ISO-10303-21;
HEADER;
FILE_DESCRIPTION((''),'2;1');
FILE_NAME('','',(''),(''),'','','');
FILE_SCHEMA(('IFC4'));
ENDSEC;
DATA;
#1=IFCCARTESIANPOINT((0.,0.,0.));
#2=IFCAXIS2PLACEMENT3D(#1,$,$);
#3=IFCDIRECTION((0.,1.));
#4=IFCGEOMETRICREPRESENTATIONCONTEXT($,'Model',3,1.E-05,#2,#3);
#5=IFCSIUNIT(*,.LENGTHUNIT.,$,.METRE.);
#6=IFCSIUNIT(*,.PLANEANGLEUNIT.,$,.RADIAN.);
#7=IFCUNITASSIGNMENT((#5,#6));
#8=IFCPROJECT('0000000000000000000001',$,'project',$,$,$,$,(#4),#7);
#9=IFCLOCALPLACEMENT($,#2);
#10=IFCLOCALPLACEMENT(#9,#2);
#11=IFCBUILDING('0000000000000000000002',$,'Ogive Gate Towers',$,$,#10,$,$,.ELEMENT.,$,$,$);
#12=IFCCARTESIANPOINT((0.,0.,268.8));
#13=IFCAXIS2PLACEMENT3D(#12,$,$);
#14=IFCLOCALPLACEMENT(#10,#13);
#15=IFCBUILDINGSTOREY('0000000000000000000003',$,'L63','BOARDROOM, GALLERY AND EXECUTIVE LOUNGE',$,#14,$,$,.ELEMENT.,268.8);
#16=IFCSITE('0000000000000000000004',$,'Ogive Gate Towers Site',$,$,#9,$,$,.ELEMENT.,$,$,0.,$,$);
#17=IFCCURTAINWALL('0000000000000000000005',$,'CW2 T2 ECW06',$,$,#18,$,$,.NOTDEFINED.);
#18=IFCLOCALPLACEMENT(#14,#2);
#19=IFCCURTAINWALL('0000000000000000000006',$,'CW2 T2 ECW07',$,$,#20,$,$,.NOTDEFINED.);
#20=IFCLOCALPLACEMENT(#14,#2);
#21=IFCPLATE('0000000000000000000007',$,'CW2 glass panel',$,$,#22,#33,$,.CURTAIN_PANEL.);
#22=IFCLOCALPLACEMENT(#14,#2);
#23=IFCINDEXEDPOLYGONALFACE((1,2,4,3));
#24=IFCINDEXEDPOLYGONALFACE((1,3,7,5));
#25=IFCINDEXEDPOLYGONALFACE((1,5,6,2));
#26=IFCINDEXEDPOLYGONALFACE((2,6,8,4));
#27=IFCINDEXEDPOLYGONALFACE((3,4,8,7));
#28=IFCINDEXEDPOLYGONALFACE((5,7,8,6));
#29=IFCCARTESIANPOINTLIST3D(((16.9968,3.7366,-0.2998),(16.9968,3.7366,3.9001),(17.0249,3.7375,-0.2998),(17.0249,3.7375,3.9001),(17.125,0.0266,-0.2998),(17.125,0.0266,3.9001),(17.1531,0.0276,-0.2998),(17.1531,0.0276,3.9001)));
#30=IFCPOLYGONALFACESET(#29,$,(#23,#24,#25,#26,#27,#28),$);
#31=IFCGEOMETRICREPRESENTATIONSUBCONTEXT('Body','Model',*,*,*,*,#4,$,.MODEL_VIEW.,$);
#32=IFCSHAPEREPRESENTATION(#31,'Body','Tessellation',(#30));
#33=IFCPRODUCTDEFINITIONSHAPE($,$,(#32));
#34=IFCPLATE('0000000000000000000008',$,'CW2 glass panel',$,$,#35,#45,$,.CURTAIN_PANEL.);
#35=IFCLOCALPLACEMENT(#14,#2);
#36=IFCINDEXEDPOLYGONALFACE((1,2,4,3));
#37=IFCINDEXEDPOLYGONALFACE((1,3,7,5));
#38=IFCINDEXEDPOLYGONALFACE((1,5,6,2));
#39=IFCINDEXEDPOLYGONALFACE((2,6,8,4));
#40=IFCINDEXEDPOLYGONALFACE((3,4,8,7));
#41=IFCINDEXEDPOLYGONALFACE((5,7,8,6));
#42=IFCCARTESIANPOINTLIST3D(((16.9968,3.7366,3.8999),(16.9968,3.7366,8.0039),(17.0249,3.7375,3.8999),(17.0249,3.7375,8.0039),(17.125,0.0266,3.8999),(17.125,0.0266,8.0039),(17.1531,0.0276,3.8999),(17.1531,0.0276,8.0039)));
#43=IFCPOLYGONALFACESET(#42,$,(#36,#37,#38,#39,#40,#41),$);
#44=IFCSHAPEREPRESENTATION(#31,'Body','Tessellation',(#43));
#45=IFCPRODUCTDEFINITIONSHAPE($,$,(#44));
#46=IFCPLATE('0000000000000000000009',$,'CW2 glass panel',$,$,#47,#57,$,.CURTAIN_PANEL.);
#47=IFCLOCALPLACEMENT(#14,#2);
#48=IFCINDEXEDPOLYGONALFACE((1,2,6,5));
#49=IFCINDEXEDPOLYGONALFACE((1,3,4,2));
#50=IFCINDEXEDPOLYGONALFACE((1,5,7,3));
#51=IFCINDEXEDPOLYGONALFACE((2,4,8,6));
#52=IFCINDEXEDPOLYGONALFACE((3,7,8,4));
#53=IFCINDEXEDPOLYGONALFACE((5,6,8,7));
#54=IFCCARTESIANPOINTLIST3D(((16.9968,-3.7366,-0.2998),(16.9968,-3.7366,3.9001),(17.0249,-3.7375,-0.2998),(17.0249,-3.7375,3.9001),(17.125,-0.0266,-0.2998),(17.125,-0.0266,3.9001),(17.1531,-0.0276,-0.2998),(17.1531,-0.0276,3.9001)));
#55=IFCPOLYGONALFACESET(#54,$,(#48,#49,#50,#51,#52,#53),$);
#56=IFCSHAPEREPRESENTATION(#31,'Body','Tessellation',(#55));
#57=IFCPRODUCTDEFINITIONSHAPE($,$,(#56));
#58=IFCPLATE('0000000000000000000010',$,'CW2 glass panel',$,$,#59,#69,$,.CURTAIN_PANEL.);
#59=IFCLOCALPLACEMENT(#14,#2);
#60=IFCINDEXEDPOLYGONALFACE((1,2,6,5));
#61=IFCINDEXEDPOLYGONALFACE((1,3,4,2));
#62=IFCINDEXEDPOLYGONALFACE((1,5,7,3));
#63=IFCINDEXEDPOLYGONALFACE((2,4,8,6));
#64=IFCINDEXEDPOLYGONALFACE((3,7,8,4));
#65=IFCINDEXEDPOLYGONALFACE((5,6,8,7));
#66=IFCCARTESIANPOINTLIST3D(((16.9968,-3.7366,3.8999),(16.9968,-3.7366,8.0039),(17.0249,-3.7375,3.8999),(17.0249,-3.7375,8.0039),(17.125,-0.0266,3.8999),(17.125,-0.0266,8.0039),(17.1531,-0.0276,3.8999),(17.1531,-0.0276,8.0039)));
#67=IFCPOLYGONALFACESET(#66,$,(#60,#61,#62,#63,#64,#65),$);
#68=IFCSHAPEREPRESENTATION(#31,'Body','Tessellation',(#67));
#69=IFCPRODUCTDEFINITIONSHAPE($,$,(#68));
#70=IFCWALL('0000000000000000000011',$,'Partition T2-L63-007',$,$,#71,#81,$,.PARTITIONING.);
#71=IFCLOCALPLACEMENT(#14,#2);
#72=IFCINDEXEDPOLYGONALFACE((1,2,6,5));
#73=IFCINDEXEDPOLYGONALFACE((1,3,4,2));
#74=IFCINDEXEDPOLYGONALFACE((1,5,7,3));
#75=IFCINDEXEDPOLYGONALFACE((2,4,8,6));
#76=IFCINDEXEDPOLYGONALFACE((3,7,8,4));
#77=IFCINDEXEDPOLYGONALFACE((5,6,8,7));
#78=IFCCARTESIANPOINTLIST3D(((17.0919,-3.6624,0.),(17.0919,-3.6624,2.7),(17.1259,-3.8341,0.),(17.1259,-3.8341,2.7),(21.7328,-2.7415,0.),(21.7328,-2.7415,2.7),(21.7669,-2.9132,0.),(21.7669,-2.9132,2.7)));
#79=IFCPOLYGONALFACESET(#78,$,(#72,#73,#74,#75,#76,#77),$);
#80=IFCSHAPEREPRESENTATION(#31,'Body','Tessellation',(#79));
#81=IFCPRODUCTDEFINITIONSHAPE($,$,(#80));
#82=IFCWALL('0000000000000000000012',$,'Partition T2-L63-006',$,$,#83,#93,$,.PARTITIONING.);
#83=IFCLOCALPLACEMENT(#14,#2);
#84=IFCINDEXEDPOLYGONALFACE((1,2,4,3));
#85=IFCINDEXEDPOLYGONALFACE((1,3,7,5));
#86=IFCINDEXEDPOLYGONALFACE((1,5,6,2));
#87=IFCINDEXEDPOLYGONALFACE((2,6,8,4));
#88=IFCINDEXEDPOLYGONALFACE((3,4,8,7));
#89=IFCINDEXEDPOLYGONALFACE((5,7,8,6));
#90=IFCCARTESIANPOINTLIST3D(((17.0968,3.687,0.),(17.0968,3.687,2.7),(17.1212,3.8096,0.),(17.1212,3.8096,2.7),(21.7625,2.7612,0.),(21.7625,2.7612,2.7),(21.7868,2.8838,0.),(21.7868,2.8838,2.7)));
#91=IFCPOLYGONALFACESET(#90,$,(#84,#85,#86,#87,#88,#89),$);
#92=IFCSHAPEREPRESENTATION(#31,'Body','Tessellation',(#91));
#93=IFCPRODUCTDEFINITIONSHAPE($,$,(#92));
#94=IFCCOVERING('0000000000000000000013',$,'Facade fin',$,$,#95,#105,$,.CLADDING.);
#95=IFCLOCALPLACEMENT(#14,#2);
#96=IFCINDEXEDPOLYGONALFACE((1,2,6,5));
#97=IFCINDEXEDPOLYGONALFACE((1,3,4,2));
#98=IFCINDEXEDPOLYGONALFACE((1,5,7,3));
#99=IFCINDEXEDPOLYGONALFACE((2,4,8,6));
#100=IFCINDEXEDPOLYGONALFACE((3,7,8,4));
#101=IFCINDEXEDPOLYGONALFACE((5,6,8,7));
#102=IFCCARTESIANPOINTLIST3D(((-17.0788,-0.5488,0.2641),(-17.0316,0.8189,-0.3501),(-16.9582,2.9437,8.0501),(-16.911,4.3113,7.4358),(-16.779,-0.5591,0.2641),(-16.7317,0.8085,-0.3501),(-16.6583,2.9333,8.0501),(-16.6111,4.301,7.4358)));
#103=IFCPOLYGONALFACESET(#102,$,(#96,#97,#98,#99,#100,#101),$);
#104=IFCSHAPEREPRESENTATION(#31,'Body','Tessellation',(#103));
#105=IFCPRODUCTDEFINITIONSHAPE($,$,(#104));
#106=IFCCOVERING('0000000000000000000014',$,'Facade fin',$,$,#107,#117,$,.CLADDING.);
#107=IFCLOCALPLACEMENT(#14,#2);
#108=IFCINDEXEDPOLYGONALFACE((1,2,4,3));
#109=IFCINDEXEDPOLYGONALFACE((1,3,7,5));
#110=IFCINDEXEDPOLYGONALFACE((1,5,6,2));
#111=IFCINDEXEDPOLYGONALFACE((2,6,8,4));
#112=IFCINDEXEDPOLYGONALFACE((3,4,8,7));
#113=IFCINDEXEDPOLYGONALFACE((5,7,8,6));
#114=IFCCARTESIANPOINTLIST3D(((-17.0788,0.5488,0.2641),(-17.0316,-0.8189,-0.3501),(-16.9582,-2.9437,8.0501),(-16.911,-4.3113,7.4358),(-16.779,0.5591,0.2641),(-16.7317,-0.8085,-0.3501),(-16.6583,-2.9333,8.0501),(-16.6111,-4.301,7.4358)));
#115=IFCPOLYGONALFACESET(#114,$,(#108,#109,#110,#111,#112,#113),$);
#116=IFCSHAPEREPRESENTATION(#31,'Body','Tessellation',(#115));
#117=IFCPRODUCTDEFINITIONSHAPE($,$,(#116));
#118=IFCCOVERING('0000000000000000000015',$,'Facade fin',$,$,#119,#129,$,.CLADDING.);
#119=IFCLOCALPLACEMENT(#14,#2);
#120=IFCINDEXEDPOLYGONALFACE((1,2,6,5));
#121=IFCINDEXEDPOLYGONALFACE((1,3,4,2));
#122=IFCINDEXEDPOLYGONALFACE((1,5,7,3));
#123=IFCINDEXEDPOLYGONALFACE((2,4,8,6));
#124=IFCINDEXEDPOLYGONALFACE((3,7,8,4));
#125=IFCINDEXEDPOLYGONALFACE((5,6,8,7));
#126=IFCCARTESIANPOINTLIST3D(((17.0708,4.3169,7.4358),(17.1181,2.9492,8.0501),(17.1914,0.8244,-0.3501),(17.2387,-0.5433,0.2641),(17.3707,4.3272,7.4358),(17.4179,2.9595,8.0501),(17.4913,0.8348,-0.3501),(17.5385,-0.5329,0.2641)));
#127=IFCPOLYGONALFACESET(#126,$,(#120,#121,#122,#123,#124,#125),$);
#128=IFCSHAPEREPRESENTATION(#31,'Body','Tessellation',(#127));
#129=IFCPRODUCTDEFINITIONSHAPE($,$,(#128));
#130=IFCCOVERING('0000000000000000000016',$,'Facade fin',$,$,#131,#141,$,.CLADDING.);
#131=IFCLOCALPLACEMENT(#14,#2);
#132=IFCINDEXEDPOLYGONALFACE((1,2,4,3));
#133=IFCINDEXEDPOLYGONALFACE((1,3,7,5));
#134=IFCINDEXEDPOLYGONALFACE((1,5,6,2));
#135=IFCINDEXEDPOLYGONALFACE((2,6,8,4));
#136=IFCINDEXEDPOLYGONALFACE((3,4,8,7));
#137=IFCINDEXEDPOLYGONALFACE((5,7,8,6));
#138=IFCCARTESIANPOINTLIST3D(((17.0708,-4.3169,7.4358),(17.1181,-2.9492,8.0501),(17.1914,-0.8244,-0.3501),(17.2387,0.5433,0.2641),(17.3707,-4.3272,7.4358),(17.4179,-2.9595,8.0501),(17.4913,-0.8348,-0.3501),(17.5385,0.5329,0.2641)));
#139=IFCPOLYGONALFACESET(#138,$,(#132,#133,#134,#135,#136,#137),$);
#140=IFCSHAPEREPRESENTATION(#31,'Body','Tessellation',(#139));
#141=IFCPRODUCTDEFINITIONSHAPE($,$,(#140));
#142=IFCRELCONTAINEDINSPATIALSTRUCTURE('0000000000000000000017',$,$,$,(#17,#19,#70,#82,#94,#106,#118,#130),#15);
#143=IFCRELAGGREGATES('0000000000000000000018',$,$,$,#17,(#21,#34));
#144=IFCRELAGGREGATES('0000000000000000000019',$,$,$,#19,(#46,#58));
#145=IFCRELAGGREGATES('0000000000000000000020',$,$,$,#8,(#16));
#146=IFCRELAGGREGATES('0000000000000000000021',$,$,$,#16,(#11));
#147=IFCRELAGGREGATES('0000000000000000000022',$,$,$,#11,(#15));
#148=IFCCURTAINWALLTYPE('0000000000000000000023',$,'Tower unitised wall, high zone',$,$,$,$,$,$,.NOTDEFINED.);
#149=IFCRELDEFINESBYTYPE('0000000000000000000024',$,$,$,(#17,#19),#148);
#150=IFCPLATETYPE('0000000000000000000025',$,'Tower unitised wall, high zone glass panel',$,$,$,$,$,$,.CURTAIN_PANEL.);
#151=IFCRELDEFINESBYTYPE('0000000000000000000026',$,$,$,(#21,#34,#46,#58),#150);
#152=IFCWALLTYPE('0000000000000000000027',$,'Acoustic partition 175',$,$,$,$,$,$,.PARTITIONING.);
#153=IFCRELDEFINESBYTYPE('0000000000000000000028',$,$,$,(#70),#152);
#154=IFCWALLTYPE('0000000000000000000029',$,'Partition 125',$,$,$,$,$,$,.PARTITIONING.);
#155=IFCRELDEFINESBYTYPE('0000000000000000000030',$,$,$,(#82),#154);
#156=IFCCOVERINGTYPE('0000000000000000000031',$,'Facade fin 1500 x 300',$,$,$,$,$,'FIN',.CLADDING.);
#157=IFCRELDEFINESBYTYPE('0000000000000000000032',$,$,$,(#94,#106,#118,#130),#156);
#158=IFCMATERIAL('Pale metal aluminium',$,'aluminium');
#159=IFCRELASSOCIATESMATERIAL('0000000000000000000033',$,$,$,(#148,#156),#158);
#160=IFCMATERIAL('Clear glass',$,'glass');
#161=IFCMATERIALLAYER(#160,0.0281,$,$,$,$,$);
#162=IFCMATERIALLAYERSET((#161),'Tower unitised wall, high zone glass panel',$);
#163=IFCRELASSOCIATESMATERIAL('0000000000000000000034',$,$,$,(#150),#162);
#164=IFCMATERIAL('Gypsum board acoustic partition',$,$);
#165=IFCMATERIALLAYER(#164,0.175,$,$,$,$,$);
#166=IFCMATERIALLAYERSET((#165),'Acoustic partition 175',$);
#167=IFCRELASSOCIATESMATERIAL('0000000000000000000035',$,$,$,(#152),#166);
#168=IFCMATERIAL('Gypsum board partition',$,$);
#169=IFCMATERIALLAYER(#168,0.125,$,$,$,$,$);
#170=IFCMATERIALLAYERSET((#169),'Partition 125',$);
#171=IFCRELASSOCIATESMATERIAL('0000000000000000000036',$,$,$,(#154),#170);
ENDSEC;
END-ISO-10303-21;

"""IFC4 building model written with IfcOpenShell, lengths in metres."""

from ifc_helpers import new_model, si_unit, direction, frame, frame_2d, origin, origin_2d, place, context, subcontext, project, spatial, rectangle, extrude, material, layer, layer_set, material_profile, profile_set, type_object, element, aggregate, save


model = new_model("IFC4")

# Units and contexts
model_context = context("Model", 3, precision=1e-05, world=origin(), true_north=direction((0.0, 1.0)))
body_context = subcontext(model_context, "Body", "Model", "MODEL_VIEW")
ifc_project = project(units=[si_unit("LENGTHUNIT", "METRE"), si_unit("PLANEANGLEUNIT", "RADIAN")], contexts=[model_context])

# Site, building, storey
site_placement = place(None, origin())
site = spatial("IfcSite", under=ifc_project, at=site_placement, Name="Ogive Gate Towers Site", CompositionType="ELEMENT", RefElevation=0.0)
building_placement = place(site_placement, origin())
building = spatial("IfcBuilding", under=site, at=building_placement, Name="Ogive Gate Towers", CompositionType="ELEMENT")
storey_placement = place(building_placement, frame((0.0, 0.0, 268.8)))
storey = spatial("IfcBuildingStorey", under=building, at=storey_placement, Name="L63", Description="BOARDROOM, GALLERY AND EXECUTIVE LOUNGE", CompositionType="ELEMENT", Elevation=268.8)

# Shared definitions
ifc_material_1 = material(Name="Pale metal aluminium", Category="aluminium")
curtain_wall_type = type_object("IfcCurtainWallType", Name="Tower unitised wall, high zone", PredefinedType="NOTDEFINED", material=ifc_material_1)

# Curtain wall
curtain_wall_1_placement = place(storey_placement, origin())
curtain_wall_1 = element("IfcCurtainWall", 1, at=curtain_wall_1_placement, inside=storey, type_object=curtain_wall_type, Name="CW2 T2 ECW06", PredefinedType="NOTDEFINED")

# Curtain wall
curtain_wall_2_placement = place(storey_placement, origin())
curtain_wall_2 = element("IfcCurtainWall", 2, at=curtain_wall_2_placement, inside=storey, type_object=curtain_wall_type, Name="CW2 T2 ECW07", PredefinedType="NOTDEFINED")

# Plates
ifc_material_2 = material(Name="Clear glass", Category="glass")
ifc_layer_1 = layer(ifc_material_2, 0.0281)
ifc_layer_set_1 = layer_set([ifc_layer_1], Name="Tower unitised wall, high zone glass panel")
plate_type = type_object("IfcPlateType", Name="Tower unitised wall, high zone glass panel", PredefinedType="CURTAIN_PANEL", material=ifc_layer_set_1)
plate_1_placement = place(storey_placement, frame((17.075, 1.8821, -0.2998), z_axis=(0.0, 0.0, 1.0), x_axis=(-0.034533, 0.999404, 0.0)))
plate_1 = element("IfcPlate", 3, at=plate_1_placement, type_object=plate_type, Name="CW2 glass panel", PredefinedType="CURTAIN_PANEL", context=body_context, shape_type="SweptSolid", body=[
    extrude(rectangle(XDim=3.7122, YDim=0.0281, at=origin_2d()), origin(), (0.0, 0.0, 1.0), 4.2),
])
plate_2_placement = place(storey_placement, frame((17.075, 1.8821, 3.8999), z_axis=(0.0, 0.0, 1.0), x_axis=(-0.034533, 0.999404, 0.0)))
plate_2 = element("IfcPlate", 4, at=plate_2_placement, type_object=plate_type, Name="CW2 glass panel", PredefinedType="CURTAIN_PANEL", context=body_context, shape_type="SweptSolid", body=[
    extrude(rectangle(XDim=3.7122, YDim=0.0281, at=origin_2d()), origin(), (0.0, 0.0, 1.0), 4.104),
])
aggregate(curtain_wall_1, [plate_1, plate_2])
plate_3_placement = place(storey_placement, frame((17.075, -1.8821, -0.2998), z_axis=(0.0, 0.0, 1.0), x_axis=(0.034533, 0.999404, 0.0)))
plate_3 = element("IfcPlate", 5, at=plate_3_placement, type_object=plate_type, Name="CW2 glass panel", PredefinedType="CURTAIN_PANEL", context=body_context, shape_type="SweptSolid", body=[
    extrude(rectangle(XDim=3.7122, YDim=0.0281, at=origin_2d()), origin(), (0.0, 0.0, 1.0), 4.2),
])
plate_4_placement = place(storey_placement, frame((17.075, -1.8821, 3.8999), z_axis=(0.0, 0.0, 1.0), x_axis=(0.034533, 0.999404, 0.0)))
plate_4 = element("IfcPlate", 6, at=plate_4_placement, type_object=plate_type, Name="CW2 glass panel", PredefinedType="CURTAIN_PANEL", context=body_context, shape_type="SweptSolid", body=[
    extrude(rectangle(XDim=3.7122, YDim=0.0281, at=origin_2d()), origin(), (0.0, 0.0, 1.0), 4.104),
])
aggregate(curtain_wall_2, [plate_3, plate_4])

# Walls
ifc_material_3 = material(Name="Gypsum board acoustic partition")
ifc_layer_2 = layer(ifc_material_3, 0.175)
ifc_layer_set_2 = layer_set([ifc_layer_2], Name="Acoustic partition 175")
wall_type_1 = type_object("IfcWallType", Name="Acoustic partition 175", PredefinedType="PARTITIONING", material=ifc_layer_set_2)
wall_1_placement = place(storey_placement, frame((17.1089, -3.7483, 0.0), z_axis=(0.0, 0.0, 1.0), x_axis=(0.980875, 0.194637, 0.0)))
element("IfcWall", 7, at=wall_1_placement, inside=storey, type_object=wall_type_1, Name="Partition T2-L63-007", PredefinedType="PARTITIONING", context=body_context, shape_type="SweptSolid", body=[
    extrude(rectangle(XDim=4.7314, YDim=0.175, at=frame_2d((2.3657, 0.0))), origin(), (0.0, 0.0, 1.0), 2.7),
])
ifc_material_4 = material(Name="Gypsum board partition")
ifc_layer_3 = layer(ifc_material_4, 0.125)
ifc_layer_set_3 = layer_set([ifc_layer_3], Name="Partition 125")
wall_type_2 = type_object("IfcWallType", Name="Partition 125", PredefinedType="PARTITIONING", material=ifc_layer_set_3)
wall_2_placement = place(storey_placement, frame((17.1089, 3.7483, 0.0), z_axis=(0.0, 0.0, 1.0), x_axis=(0.980876, -0.194635, 0.0)))
element("IfcWall", 8, at=wall_2_placement, inside=storey, type_object=wall_type_2, Name="Partition T2-L63-006", PredefinedType="PARTITIONING", context=body_context, shape_type="SweptSolid", body=[
    extrude(rectangle(XDim=4.7566, YDim=0.125, at=frame_2d((2.3784, 0.0))), origin(), (0.0, 0.0, 1.0), 2.7),
])

# Coverings
ifc_material_profile_1 = material_profile(ifc_material_1, rectangle(XDim=0.3, YDim=1.5, at=origin_2d()), Name="1500 x 300 pale metal aluminium")
ifc_profile_set_1 = profile_set([ifc_material_profile_1], Name="Pale metal aluminium")
covering_type = type_object("IfcCoveringType", Name="Facade fin 1500 x 300", ElementType="FIN", PredefinedType="CLADDING", material=ifc_profile_set_1)
for number, where, z_axis, x_axis, name in (
    (9, (-16.9053, 0.1299, -0.043), (0.014132, 0.40923, 0.912322), (-0.999404, 0.034513, 0.0), "Facade fin"),
    (10, (-16.9053, -0.1299, -0.043), (0.014132, -0.40923, 0.912322), (0.999404, 0.034513, 0.0), "Facade fin"),
    (11, (17.365, 0.1458, -0.043), (-0.014132, 0.40923, 0.912322), (-0.999404, -0.034513, 0.0), "Facade fin"),
    (12, (17.365, -0.1458, -0.043), (-0.014132, -0.40923, 0.912322), (0.999404, -0.034513, 0.0), "Facade fin"),
):
    element("IfcCovering", number, at=place(storey_placement, frame(where, z_axis=z_axis, x_axis=x_axis)), inside=storey, type_object=covering_type, Name=name, PredefinedType="CLADDING", context=body_context, shape_type="SweptSolid", body=[
        extrude(rectangle(XDim=0.3, YDim=1.5, at=origin_2d()), origin(), (0.0, 0.0, 1.0), 8.5342),
    ])

save(model, "model.ifc")
